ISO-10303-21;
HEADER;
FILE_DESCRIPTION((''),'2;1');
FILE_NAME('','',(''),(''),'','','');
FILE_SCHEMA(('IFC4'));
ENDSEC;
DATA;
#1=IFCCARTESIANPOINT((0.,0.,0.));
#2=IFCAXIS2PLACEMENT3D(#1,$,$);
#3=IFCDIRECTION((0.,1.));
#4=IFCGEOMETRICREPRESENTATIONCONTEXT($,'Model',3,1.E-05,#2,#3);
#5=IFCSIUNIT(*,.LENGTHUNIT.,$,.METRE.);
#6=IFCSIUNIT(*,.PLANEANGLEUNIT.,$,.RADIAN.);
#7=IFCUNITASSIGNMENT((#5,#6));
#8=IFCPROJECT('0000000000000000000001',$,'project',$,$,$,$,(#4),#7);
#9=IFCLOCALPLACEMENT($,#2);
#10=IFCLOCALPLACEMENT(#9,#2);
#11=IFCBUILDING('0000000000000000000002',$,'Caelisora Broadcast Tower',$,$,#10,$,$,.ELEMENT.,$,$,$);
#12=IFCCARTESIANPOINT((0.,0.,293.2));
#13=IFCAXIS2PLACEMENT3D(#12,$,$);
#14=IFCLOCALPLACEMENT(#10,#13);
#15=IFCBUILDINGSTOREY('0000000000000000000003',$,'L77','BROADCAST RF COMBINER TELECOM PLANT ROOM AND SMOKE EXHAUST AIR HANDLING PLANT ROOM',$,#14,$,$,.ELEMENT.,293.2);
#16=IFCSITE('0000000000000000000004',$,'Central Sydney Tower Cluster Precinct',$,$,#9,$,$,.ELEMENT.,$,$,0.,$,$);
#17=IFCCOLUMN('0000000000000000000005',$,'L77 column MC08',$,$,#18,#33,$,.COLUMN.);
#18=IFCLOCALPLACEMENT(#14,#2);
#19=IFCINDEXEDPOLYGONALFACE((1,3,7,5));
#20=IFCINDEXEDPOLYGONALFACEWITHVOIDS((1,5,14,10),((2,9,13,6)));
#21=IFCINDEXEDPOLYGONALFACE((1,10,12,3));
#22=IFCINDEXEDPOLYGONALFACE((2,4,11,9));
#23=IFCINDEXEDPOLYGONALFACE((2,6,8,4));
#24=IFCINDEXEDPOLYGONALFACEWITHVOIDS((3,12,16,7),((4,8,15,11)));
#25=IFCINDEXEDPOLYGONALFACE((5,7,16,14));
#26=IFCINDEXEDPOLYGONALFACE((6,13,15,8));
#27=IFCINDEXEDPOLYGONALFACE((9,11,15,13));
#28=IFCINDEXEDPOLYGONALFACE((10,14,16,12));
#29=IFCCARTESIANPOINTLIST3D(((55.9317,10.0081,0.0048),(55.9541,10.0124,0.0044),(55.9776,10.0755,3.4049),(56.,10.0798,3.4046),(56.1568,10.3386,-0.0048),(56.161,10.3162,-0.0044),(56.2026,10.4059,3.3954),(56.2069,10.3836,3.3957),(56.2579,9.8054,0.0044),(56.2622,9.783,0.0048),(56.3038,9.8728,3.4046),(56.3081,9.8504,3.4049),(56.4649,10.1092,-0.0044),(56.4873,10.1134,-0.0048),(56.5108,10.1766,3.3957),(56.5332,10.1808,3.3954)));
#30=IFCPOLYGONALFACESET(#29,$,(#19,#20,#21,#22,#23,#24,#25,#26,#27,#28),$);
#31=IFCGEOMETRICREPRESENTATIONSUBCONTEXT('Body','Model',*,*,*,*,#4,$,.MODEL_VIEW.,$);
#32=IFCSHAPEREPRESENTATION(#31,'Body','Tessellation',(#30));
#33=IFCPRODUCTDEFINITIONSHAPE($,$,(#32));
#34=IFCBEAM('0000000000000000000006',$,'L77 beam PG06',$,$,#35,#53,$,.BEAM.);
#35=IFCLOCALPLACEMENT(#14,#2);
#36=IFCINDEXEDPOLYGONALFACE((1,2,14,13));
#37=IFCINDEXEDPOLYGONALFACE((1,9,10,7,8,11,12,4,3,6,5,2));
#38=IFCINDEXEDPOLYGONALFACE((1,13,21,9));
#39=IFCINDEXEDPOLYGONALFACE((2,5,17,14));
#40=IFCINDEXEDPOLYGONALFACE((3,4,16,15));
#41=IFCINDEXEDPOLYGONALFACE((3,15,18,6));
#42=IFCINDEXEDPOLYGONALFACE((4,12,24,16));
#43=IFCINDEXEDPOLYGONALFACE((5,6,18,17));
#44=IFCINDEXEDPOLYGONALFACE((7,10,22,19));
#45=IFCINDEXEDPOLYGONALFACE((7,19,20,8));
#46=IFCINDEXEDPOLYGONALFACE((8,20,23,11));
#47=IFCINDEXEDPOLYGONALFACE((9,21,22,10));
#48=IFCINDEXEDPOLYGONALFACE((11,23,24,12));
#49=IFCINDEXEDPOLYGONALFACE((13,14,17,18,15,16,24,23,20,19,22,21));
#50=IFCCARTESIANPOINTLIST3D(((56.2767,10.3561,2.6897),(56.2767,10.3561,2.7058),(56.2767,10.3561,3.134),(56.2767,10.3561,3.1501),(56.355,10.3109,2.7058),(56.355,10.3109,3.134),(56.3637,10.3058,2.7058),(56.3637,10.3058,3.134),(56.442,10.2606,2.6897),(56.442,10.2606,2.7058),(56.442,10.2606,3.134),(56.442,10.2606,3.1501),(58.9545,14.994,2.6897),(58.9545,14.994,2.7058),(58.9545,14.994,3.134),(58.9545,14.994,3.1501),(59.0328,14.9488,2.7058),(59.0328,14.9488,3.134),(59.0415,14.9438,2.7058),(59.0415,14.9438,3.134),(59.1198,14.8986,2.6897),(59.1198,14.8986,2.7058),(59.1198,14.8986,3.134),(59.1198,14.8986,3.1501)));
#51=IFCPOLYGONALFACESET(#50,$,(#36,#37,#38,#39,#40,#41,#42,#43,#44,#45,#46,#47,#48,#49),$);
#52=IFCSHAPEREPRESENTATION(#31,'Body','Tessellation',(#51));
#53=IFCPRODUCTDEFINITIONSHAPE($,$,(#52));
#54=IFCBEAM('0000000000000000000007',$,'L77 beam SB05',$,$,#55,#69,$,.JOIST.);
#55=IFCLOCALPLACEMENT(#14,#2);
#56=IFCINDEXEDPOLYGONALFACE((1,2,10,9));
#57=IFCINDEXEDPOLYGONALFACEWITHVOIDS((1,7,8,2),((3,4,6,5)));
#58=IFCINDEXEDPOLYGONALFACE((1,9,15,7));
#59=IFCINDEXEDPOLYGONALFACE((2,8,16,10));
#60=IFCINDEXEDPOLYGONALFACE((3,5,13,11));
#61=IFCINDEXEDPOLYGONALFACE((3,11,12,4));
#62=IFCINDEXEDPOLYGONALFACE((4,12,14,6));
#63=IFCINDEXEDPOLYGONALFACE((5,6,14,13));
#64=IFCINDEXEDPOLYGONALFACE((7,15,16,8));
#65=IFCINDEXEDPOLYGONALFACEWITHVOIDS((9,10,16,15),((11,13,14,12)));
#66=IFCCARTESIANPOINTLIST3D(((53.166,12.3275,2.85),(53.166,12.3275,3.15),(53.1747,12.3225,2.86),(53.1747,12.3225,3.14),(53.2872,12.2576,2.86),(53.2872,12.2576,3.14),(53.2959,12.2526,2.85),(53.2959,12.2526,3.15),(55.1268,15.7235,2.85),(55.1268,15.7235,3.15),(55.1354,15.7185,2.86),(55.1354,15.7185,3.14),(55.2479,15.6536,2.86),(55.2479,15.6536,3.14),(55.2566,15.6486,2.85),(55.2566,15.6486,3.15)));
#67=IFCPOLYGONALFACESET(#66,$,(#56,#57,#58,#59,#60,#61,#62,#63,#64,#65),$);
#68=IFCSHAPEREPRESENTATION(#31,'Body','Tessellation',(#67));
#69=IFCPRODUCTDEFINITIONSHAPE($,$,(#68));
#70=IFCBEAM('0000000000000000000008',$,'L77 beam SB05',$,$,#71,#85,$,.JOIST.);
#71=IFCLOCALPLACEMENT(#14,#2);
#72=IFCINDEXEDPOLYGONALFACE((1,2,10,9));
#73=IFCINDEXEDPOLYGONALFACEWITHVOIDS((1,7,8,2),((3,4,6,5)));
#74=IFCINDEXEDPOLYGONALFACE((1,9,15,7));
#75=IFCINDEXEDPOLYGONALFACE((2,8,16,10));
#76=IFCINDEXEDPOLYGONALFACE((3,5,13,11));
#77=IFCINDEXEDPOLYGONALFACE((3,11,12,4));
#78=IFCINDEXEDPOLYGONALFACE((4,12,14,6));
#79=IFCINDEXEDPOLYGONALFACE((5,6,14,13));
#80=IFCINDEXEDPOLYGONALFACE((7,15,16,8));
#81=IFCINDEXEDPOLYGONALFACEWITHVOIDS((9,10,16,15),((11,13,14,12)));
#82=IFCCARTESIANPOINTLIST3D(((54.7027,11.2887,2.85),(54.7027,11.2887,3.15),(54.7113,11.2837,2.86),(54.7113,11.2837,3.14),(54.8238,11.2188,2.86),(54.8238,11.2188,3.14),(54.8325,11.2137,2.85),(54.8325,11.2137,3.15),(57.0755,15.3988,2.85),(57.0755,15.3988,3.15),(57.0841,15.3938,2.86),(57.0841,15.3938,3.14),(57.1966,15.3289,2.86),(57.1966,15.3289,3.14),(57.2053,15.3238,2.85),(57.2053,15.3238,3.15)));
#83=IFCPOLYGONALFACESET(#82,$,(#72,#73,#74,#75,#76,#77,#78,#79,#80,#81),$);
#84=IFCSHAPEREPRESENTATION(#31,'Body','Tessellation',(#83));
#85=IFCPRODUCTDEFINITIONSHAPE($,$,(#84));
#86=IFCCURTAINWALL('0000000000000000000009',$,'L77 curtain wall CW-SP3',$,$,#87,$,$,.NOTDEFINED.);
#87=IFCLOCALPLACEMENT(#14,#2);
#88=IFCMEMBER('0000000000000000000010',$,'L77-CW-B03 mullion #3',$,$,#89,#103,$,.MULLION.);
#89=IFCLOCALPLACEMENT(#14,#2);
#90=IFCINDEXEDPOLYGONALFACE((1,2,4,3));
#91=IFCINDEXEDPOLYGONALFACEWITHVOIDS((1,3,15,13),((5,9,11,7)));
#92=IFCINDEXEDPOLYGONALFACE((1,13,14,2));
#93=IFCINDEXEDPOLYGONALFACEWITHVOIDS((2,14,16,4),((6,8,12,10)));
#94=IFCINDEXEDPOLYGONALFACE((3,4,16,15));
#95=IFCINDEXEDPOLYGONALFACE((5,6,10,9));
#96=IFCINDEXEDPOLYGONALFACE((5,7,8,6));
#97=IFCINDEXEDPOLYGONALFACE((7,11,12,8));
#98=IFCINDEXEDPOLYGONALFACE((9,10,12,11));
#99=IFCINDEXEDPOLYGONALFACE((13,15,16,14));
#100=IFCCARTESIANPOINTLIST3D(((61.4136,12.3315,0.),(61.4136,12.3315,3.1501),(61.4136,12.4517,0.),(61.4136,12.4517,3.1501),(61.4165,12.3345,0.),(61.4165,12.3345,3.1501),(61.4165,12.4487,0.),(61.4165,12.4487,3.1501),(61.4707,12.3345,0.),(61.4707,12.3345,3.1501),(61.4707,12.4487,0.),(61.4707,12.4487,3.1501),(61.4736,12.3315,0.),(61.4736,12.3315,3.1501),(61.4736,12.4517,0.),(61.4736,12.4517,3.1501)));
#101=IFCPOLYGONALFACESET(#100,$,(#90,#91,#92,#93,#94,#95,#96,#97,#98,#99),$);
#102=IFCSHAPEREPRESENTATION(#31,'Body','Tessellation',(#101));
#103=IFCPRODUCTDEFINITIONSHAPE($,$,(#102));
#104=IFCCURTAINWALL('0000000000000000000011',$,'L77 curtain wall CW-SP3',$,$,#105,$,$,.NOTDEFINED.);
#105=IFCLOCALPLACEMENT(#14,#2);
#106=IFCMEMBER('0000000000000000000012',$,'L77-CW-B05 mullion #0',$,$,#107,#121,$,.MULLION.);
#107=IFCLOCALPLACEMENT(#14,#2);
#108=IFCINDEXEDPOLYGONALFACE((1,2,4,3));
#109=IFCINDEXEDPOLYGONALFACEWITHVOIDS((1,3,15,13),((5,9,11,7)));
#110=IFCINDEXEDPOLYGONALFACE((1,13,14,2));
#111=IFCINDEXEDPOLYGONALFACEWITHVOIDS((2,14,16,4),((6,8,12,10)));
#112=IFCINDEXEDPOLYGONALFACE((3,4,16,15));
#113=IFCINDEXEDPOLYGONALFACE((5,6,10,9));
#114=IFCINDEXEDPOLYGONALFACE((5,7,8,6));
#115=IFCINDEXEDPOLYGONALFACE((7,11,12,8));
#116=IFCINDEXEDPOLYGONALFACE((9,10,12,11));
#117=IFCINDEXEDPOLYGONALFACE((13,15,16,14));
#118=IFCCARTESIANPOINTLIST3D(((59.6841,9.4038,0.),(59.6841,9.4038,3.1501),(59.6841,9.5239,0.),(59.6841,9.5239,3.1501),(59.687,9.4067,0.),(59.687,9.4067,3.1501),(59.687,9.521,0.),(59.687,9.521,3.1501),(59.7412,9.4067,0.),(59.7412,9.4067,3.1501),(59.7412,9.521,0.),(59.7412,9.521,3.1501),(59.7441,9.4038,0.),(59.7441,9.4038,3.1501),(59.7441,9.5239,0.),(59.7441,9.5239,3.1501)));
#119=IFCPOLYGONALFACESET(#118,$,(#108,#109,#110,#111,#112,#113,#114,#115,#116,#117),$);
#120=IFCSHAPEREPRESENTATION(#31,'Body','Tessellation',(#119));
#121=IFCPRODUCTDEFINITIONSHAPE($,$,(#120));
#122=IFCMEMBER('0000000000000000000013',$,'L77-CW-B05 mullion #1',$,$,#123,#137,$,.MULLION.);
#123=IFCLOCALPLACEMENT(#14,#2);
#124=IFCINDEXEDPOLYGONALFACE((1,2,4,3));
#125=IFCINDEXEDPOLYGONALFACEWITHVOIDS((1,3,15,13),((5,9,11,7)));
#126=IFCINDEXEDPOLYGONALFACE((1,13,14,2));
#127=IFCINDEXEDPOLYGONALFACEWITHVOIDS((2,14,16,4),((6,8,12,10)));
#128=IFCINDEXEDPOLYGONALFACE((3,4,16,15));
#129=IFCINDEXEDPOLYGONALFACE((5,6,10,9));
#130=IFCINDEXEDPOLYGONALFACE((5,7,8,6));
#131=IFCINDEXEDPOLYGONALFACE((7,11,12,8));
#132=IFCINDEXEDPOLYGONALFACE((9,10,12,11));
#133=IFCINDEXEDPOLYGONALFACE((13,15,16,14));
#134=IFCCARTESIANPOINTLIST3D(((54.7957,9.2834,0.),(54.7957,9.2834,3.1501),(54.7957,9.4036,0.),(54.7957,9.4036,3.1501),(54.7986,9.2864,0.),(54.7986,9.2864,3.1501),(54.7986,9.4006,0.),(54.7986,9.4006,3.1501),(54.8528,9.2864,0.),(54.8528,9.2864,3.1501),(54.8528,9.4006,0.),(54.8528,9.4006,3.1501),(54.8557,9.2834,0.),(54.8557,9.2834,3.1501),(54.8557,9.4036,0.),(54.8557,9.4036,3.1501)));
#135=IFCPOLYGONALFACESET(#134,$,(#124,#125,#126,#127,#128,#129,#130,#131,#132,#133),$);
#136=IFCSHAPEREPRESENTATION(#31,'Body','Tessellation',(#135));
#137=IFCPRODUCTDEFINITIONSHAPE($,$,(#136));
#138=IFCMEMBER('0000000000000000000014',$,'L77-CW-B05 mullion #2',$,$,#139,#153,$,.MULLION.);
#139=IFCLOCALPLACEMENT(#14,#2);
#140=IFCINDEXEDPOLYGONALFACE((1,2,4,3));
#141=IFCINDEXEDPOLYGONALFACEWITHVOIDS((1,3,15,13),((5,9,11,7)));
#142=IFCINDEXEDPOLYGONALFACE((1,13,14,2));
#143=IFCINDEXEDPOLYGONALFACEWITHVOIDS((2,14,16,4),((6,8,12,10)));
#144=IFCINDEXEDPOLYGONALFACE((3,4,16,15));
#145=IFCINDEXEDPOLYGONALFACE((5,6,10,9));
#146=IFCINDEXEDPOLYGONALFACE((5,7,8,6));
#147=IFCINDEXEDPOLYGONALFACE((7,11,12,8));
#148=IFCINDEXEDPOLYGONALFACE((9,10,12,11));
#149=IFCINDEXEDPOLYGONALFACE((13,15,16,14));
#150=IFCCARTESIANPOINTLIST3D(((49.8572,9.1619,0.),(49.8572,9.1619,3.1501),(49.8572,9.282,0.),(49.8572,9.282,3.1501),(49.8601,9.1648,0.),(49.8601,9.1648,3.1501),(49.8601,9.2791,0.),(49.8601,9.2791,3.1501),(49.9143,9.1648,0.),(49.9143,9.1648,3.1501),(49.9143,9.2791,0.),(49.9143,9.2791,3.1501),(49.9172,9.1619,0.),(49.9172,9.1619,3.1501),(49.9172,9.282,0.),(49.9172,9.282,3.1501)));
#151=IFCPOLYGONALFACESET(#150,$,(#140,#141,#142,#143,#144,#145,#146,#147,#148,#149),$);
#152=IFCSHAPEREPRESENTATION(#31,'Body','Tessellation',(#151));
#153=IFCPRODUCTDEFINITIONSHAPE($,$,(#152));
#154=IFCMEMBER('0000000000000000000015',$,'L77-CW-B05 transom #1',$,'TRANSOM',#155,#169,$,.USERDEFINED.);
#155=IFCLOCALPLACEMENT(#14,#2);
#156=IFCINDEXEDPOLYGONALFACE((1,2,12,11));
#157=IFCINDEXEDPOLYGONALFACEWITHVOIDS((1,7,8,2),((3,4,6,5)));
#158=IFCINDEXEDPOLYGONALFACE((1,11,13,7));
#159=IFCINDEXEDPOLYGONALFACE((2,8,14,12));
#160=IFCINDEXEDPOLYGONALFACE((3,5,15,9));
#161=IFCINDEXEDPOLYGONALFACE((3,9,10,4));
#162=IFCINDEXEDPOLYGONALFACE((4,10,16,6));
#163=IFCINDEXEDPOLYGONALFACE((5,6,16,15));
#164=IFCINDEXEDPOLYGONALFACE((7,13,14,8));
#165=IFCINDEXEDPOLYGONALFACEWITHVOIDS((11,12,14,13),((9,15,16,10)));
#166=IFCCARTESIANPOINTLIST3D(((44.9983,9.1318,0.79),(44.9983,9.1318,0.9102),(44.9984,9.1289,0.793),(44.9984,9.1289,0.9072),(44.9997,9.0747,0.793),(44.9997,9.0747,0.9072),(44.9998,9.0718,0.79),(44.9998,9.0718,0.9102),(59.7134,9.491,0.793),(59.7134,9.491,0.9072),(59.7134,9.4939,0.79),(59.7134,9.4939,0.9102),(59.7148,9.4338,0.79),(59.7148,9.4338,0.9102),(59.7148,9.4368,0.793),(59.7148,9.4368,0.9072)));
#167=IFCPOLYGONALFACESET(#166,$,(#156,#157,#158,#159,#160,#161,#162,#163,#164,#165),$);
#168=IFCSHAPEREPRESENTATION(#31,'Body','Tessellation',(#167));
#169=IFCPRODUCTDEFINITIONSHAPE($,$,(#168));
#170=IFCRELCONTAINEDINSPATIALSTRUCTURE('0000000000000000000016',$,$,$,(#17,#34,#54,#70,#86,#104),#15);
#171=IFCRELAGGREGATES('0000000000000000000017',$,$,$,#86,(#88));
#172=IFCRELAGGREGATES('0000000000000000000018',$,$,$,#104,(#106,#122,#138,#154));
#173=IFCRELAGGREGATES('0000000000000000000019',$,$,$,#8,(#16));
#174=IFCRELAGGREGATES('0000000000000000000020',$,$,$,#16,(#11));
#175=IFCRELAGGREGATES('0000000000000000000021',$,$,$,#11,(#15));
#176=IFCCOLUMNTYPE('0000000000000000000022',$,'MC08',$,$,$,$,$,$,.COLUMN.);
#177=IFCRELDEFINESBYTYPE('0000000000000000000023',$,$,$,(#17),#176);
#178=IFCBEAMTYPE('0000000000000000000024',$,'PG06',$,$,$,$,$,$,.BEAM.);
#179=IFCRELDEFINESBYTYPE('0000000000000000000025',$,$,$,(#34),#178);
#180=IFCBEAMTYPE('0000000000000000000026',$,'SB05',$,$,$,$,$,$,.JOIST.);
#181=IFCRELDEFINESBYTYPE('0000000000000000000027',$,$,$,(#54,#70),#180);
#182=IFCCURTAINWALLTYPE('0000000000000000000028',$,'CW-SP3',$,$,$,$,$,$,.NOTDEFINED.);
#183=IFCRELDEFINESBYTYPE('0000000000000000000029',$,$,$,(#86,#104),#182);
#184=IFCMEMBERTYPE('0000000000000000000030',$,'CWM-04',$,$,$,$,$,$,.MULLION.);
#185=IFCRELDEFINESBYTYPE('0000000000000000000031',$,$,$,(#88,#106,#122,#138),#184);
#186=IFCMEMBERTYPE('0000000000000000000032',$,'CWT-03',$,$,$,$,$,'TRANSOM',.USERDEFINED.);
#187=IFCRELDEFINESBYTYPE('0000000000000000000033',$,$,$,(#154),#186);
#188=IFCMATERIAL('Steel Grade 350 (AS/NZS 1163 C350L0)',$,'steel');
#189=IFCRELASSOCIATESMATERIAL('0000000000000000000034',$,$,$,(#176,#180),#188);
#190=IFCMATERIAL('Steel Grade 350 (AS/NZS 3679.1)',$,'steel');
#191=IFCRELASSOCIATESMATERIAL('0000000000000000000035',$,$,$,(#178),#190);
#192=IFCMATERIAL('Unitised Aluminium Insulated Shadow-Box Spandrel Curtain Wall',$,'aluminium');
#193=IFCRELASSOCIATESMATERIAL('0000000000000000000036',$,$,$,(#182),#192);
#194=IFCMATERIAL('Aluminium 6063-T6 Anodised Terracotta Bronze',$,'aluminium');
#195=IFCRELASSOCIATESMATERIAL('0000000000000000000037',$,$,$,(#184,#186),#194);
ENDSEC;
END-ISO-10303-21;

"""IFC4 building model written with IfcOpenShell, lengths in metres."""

from ifc_helpers import new_model, si_unit, direction, frame, origin, origin_2d, place, context, subcontext, project, spatial, hollow_rectangle, i_section, extrude, source, transform, mapped, material, material_profile, profile_set, type_object, type_shapes, element, aggregate, save


model = new_model("IFC4")

# Units and contexts
model_context = context("Model", 3, precision=1e-05, world=origin(), true_north=direction((0.0, 1.0)))
body_context = subcontext(model_context, "Body", "Model", "MODEL_VIEW")
ifc_project = project(units=[si_unit("LENGTHUNIT", "METRE"), si_unit("PLANEANGLEUNIT", "RADIAN")], contexts=[model_context])

# Site, building, storey
site_placement = place(None, origin())
site = spatial("IfcSite", under=ifc_project, at=site_placement, Name="Central Sydney Tower Cluster Precinct", CompositionType="ELEMENT", RefElevation=0.0)
building_placement = place(site_placement, origin())
building = spatial("IfcBuilding", under=site, at=building_placement, Name="Caelisora Broadcast Tower", CompositionType="ELEMENT")
storey_placement = place(building_placement, frame((0.0, 0.0, 293.2)))
storey = spatial("IfcBuildingStorey", under=building, at=storey_placement, Name="L77", Description="BROADCAST RF COMBINER TELECOM PLANT ROOM AND SMOKE EXHAUST AIR HANDLING PLANT ROOM", CompositionType="ELEMENT", Elevation=293.2)

# Column
ifc_material_1 = material(Name="Steel Grade 350 (AS/NZS 1163 C350L0)", Category="steel")
ifc_material_profile_1 = material_profile(ifc_material_1, hollow_rectangle(XDim=0.3999, YDim=0.3999, WallThickness=0.0161, at=origin_2d()), Name="Steel Grade 350 (AS/NZS 1163 C350L0)")
ifc_profile_set_1 = profile_set([ifc_material_profile_1], Name="Steel Grade 350 (AS/NZS 1163 C350L0)")
column_type = type_object("IfcColumnType", Name="MC08", PredefinedType="COLUMN", material=ifc_profile_set_1)
shared_shape_1 = source(origin(), body_context, "Body", "SweptSolid", [
    extrude(hollow_rectangle(XDim=0.3999, YDim=0.3999, WallThickness=0.0161, at=origin_2d()), origin(), (0.0, 0.0, 1.0), 3.4011),
])
type_shapes(column_type, [shared_shape_1])
column_placement = place(storey_placement, frame((56.2095, 10.0608, 0.0), z_axis=(0.013495, 0.019812, 0.999713), x_axis=(-0.826481, 0.562965, 0.0)))
element("IfcColumn", 1, at=column_placement, inside=storey, type_object=column_type, Name="L77 column MC08", PredefinedType="COLUMN", context=body_context, shape_type="MappedRepresentation", body=[
    mapped(shared_shape_1, transform((0.0, 0.0, 0.0), scale=1.0)),
])

# Beams
ifc_material_2 = material(Name="Steel Grade 350 (AS/NZS 3679.1)", Category="steel")
ifc_material_profile_2 = material_profile(ifc_material_2, i_section(OverallWidth=0.1909, OverallDepth=0.4604, WebThickness=0.01, FlangeThickness=0.0161, at=origin_2d()), Name="Steel Grade 350 (AS/NZS 3679.1)")
ifc_profile_set_2 = profile_set([ifc_material_profile_2], Name="Steel Grade 350 (AS/NZS 3679.1)")
beam_type_1 = type_object("IfcBeamType", Name="PG06", PredefinedType="BEAM", material=ifc_profile_set_2)
shared_shape_2 = source(origin(), body_context, "Body", "SweptSolid", [
    extrude(i_section(OverallWidth=0.1909, OverallDepth=0.4604, WebThickness=0.01, FlangeThickness=0.0161, at=origin_2d()), origin(), (0.0, 0.0, 1.0), 5.3555),
])
type_shapes(beam_type_1, [shared_shape_2])
beam_1_placement = place(storey_placement, frame((56.3594, 10.3083, 2.9199), z_axis=(0.500003, 0.866024, 0.0), x_axis=(-0.866024, 0.500003, 0.0)))
element("IfcBeam", 2, at=beam_1_placement, inside=storey, type_object=beam_type_1, Name="L77 beam PG06", PredefinedType="BEAM", context=body_context, shape_type="MappedRepresentation", body=[
    mapped(shared_shape_2, transform((0.0, 0.0, 0.0), scale=1.0)),
])
ifc_material_profile_3 = material_profile(ifc_material_1, hollow_rectangle(XDim=0.1499, YDim=0.3, WallThickness=0.01, at=origin_2d()), Name="Steel Grade 350 (AS/NZS 1163 C350L0)")
ifc_profile_set_3 = profile_set([ifc_material_profile_3], Name="Steel Grade 350 (AS/NZS 1163 C350L0)")
beam_type_2 = type_object("IfcBeamType", Name="SB05", PredefinedType="JOIST", material=ifc_profile_set_3)
shared_shape_3 = source(origin(), body_context, "Body", "SweptSolid", [
    extrude(hollow_rectangle(XDim=0.1499, YDim=0.3, WallThickness=0.01, at=origin_2d()), origin(), (0.0, 0.0, 1.0), 3.9214),
])
beam_2_placement = place(storey_placement, frame((53.231, 12.29, 3.0), z_axis=(0.500003, 0.866024, 0.0), x_axis=(-0.866024, 0.500003, 0.0)))
element("IfcBeam", 3, at=beam_2_placement, inside=storey, type_object=beam_type_2, Name="L77 beam SB05", PredefinedType="JOIST", context=body_context, shape_type="MappedRepresentation", body=[
    mapped(shared_shape_3, transform((0.0, 0.0, 0.0), scale=1.0)),
])
shared_shape_4 = source(origin(), body_context, "Body", "SweptSolid", [
    extrude(hollow_rectangle(XDim=0.1499, YDim=0.3, WallThickness=0.01, at=origin_2d()), origin(), (0.0, 0.0, 1.0), 4.7458),
])
type_shapes(beam_type_2, [shared_shape_3, shared_shape_4])
beam_3_placement = place(storey_placement, frame((54.7676, 11.2512, 3.0), z_axis=(0.499973, 0.866041, 0.0), x_axis=(-0.866041, 0.499973, 0.0)))
element("IfcBeam", 4, at=beam_3_placement, inside=storey, type_object=beam_type_2, Name="L77 beam SB05", PredefinedType="JOIST", context=body_context, shape_type="MappedRepresentation", body=[
    mapped(shared_shape_4, transform((0.0, 0.0, 0.0), scale=1.0)),
])

# Curtain wall, member
ifc_material_3 = material(Name="Unitised Aluminium Insulated Shadow-Box Spandrel Curtain Wall", Category="aluminium")
curtain_wall_type = type_object("IfcCurtainWallType", Name="CW-SP3", PredefinedType="NOTDEFINED", material=ifc_material_3)
curtain_wall_1_placement = place(storey_placement, origin())
curtain_wall_1 = element("IfcCurtainWall", 5, at=curtain_wall_1_placement, inside=storey, type_object=curtain_wall_type, Name="L77 curtain wall CW-SP3", PredefinedType="NOTDEFINED")
ifc_material_4 = material(Name="Aluminium 6063-T6 Anodised Terracotta Bronze", Category="aluminium")
ifc_material_profile_4 = material_profile(ifc_material_4, hollow_rectangle(XDim=0.0601, YDim=0.1201, WallThickness=0.0029, at=origin_2d()), Name="Aluminium 6063-T6 Anodised Terracotta Bronze")
ifc_profile_set_4 = profile_set([ifc_material_profile_4], Name="Aluminium 6063-T6 Anodised Terracotta Bronze")
member_type_1 = type_object("IfcMemberType", Name="CWM-04", PredefinedType="MULLION", material=ifc_profile_set_4)
shared_shape_5 = source(origin(), body_context, "Body", "SweptSolid", [
    extrude(hollow_rectangle(XDim=0.0601, YDim=0.1201, WallThickness=0.0029, at=origin_2d()), origin(), (0.0, 0.0, 1.0), 3.1501),
])
type_shapes(member_type_1, [shared_shape_5])
member_1_placement = place(storey_placement, frame((61.4436, 12.3916, 0.0), z_axis=(0.0, 0.0, 1.0), x_axis=(1.0, 0.0, 0.0)))
member_1 = element("IfcMember", 6, at=member_1_placement, type_object=member_type_1, Name="L77-CW-B03 mullion #3", PredefinedType="MULLION", context=body_context, shape_type="MappedRepresentation", body=[
    mapped(shared_shape_5, transform((0.0, 0.0, 0.0), scale=1.0)),
])
aggregate(curtain_wall_1, [member_1])

# Curtain wall, members
curtain_wall_2_placement = place(storey_placement, origin())
curtain_wall_2 = element("IfcCurtainWall", 7, at=curtain_wall_2_placement, inside=storey, type_object=curtain_wall_type, Name="L77 curtain wall CW-SP3", PredefinedType="NOTDEFINED")
member_2_placement = place(storey_placement, frame((59.7141, 9.4639, 0.0), z_axis=(0.0, 0.0, 1.0), x_axis=(1.0, 0.0, 0.0)))
member_2 = element("IfcMember", 8, at=member_2_placement, type_object=member_type_1, Name="L77-CW-B05 mullion #0", PredefinedType="MULLION", context=body_context, shape_type="MappedRepresentation", body=[
    mapped(shared_shape_5, transform((0.0, 0.0, 0.0), scale=1.0)),
])
member_3_placement = place(storey_placement, frame((54.8257, 9.3435, 0.0), z_axis=(0.0, 0.0, 1.0), x_axis=(1.0, 0.0, 0.0)))
member_3 = element("IfcMember", 9, at=member_3_placement, type_object=member_type_1, Name="L77-CW-B05 mullion #1", PredefinedType="MULLION", context=body_context, shape_type="MappedRepresentation", body=[
    mapped(shared_shape_5, transform((0.0, 0.0, 0.0), scale=1.0)),
])
member_4_placement = place(storey_placement, frame((49.8872, 9.2219, 0.0), z_axis=(0.0, 0.0, 1.0), x_axis=(1.0, 0.0, 0.0)))
member_4 = element("IfcMember", 10, at=member_4_placement, type_object=member_type_1, Name="L77-CW-B05 mullion #2", PredefinedType="MULLION", context=body_context, shape_type="MappedRepresentation", body=[
    mapped(shared_shape_5, transform((0.0, 0.0, 0.0), scale=1.0)),
])
ifc_material_profile_5 = material_profile(ifc_material_4, hollow_rectangle(XDim=0.0601, YDim=0.1201, WallThickness=0.0029, at=origin_2d()), Name="Aluminium 6063-T6 Anodised Terracotta Bronze")
ifc_profile_set_5 = profile_set([ifc_material_profile_5], Name="Aluminium 6063-T6 Anodised Terracotta Bronze")
member_type_2 = type_object("IfcMemberType", Name="CWT-03", ElementType="TRANSOM", PredefinedType="USERDEFINED", material=ifc_profile_set_5)
shared_shape_6 = source(origin(), body_context, "Body", "SweptSolid", [
    extrude(hollow_rectangle(XDim=0.0601, YDim=0.1201, WallThickness=0.0029, at=origin_2d()), origin(), (0.0, 0.0, 1.0), 14.7195),
])
type_shapes(member_type_2, [shared_shape_6])
member_5_placement = place(storey_placement, frame((59.7141, 9.4639, 0.8501), z_axis=(-0.999697, -0.024597, 0.0), x_axis=(0.024597, -0.999697, 0.0)))
member_5 = element("IfcMember", 11, at=member_5_placement, type_object=member_type_2, Name="L77-CW-B05 transom #1", ObjectType="TRANSOM", PredefinedType="USERDEFINED", context=body_context, shape_type="MappedRepresentation", body=[
    mapped(shared_shape_6, transform((0.0, 0.0, 0.0), scale=1.0)),
])

aggregate(curtain_wall_2, [member_2, member_3, member_4, member_5])

save(model, "model.ifc")
